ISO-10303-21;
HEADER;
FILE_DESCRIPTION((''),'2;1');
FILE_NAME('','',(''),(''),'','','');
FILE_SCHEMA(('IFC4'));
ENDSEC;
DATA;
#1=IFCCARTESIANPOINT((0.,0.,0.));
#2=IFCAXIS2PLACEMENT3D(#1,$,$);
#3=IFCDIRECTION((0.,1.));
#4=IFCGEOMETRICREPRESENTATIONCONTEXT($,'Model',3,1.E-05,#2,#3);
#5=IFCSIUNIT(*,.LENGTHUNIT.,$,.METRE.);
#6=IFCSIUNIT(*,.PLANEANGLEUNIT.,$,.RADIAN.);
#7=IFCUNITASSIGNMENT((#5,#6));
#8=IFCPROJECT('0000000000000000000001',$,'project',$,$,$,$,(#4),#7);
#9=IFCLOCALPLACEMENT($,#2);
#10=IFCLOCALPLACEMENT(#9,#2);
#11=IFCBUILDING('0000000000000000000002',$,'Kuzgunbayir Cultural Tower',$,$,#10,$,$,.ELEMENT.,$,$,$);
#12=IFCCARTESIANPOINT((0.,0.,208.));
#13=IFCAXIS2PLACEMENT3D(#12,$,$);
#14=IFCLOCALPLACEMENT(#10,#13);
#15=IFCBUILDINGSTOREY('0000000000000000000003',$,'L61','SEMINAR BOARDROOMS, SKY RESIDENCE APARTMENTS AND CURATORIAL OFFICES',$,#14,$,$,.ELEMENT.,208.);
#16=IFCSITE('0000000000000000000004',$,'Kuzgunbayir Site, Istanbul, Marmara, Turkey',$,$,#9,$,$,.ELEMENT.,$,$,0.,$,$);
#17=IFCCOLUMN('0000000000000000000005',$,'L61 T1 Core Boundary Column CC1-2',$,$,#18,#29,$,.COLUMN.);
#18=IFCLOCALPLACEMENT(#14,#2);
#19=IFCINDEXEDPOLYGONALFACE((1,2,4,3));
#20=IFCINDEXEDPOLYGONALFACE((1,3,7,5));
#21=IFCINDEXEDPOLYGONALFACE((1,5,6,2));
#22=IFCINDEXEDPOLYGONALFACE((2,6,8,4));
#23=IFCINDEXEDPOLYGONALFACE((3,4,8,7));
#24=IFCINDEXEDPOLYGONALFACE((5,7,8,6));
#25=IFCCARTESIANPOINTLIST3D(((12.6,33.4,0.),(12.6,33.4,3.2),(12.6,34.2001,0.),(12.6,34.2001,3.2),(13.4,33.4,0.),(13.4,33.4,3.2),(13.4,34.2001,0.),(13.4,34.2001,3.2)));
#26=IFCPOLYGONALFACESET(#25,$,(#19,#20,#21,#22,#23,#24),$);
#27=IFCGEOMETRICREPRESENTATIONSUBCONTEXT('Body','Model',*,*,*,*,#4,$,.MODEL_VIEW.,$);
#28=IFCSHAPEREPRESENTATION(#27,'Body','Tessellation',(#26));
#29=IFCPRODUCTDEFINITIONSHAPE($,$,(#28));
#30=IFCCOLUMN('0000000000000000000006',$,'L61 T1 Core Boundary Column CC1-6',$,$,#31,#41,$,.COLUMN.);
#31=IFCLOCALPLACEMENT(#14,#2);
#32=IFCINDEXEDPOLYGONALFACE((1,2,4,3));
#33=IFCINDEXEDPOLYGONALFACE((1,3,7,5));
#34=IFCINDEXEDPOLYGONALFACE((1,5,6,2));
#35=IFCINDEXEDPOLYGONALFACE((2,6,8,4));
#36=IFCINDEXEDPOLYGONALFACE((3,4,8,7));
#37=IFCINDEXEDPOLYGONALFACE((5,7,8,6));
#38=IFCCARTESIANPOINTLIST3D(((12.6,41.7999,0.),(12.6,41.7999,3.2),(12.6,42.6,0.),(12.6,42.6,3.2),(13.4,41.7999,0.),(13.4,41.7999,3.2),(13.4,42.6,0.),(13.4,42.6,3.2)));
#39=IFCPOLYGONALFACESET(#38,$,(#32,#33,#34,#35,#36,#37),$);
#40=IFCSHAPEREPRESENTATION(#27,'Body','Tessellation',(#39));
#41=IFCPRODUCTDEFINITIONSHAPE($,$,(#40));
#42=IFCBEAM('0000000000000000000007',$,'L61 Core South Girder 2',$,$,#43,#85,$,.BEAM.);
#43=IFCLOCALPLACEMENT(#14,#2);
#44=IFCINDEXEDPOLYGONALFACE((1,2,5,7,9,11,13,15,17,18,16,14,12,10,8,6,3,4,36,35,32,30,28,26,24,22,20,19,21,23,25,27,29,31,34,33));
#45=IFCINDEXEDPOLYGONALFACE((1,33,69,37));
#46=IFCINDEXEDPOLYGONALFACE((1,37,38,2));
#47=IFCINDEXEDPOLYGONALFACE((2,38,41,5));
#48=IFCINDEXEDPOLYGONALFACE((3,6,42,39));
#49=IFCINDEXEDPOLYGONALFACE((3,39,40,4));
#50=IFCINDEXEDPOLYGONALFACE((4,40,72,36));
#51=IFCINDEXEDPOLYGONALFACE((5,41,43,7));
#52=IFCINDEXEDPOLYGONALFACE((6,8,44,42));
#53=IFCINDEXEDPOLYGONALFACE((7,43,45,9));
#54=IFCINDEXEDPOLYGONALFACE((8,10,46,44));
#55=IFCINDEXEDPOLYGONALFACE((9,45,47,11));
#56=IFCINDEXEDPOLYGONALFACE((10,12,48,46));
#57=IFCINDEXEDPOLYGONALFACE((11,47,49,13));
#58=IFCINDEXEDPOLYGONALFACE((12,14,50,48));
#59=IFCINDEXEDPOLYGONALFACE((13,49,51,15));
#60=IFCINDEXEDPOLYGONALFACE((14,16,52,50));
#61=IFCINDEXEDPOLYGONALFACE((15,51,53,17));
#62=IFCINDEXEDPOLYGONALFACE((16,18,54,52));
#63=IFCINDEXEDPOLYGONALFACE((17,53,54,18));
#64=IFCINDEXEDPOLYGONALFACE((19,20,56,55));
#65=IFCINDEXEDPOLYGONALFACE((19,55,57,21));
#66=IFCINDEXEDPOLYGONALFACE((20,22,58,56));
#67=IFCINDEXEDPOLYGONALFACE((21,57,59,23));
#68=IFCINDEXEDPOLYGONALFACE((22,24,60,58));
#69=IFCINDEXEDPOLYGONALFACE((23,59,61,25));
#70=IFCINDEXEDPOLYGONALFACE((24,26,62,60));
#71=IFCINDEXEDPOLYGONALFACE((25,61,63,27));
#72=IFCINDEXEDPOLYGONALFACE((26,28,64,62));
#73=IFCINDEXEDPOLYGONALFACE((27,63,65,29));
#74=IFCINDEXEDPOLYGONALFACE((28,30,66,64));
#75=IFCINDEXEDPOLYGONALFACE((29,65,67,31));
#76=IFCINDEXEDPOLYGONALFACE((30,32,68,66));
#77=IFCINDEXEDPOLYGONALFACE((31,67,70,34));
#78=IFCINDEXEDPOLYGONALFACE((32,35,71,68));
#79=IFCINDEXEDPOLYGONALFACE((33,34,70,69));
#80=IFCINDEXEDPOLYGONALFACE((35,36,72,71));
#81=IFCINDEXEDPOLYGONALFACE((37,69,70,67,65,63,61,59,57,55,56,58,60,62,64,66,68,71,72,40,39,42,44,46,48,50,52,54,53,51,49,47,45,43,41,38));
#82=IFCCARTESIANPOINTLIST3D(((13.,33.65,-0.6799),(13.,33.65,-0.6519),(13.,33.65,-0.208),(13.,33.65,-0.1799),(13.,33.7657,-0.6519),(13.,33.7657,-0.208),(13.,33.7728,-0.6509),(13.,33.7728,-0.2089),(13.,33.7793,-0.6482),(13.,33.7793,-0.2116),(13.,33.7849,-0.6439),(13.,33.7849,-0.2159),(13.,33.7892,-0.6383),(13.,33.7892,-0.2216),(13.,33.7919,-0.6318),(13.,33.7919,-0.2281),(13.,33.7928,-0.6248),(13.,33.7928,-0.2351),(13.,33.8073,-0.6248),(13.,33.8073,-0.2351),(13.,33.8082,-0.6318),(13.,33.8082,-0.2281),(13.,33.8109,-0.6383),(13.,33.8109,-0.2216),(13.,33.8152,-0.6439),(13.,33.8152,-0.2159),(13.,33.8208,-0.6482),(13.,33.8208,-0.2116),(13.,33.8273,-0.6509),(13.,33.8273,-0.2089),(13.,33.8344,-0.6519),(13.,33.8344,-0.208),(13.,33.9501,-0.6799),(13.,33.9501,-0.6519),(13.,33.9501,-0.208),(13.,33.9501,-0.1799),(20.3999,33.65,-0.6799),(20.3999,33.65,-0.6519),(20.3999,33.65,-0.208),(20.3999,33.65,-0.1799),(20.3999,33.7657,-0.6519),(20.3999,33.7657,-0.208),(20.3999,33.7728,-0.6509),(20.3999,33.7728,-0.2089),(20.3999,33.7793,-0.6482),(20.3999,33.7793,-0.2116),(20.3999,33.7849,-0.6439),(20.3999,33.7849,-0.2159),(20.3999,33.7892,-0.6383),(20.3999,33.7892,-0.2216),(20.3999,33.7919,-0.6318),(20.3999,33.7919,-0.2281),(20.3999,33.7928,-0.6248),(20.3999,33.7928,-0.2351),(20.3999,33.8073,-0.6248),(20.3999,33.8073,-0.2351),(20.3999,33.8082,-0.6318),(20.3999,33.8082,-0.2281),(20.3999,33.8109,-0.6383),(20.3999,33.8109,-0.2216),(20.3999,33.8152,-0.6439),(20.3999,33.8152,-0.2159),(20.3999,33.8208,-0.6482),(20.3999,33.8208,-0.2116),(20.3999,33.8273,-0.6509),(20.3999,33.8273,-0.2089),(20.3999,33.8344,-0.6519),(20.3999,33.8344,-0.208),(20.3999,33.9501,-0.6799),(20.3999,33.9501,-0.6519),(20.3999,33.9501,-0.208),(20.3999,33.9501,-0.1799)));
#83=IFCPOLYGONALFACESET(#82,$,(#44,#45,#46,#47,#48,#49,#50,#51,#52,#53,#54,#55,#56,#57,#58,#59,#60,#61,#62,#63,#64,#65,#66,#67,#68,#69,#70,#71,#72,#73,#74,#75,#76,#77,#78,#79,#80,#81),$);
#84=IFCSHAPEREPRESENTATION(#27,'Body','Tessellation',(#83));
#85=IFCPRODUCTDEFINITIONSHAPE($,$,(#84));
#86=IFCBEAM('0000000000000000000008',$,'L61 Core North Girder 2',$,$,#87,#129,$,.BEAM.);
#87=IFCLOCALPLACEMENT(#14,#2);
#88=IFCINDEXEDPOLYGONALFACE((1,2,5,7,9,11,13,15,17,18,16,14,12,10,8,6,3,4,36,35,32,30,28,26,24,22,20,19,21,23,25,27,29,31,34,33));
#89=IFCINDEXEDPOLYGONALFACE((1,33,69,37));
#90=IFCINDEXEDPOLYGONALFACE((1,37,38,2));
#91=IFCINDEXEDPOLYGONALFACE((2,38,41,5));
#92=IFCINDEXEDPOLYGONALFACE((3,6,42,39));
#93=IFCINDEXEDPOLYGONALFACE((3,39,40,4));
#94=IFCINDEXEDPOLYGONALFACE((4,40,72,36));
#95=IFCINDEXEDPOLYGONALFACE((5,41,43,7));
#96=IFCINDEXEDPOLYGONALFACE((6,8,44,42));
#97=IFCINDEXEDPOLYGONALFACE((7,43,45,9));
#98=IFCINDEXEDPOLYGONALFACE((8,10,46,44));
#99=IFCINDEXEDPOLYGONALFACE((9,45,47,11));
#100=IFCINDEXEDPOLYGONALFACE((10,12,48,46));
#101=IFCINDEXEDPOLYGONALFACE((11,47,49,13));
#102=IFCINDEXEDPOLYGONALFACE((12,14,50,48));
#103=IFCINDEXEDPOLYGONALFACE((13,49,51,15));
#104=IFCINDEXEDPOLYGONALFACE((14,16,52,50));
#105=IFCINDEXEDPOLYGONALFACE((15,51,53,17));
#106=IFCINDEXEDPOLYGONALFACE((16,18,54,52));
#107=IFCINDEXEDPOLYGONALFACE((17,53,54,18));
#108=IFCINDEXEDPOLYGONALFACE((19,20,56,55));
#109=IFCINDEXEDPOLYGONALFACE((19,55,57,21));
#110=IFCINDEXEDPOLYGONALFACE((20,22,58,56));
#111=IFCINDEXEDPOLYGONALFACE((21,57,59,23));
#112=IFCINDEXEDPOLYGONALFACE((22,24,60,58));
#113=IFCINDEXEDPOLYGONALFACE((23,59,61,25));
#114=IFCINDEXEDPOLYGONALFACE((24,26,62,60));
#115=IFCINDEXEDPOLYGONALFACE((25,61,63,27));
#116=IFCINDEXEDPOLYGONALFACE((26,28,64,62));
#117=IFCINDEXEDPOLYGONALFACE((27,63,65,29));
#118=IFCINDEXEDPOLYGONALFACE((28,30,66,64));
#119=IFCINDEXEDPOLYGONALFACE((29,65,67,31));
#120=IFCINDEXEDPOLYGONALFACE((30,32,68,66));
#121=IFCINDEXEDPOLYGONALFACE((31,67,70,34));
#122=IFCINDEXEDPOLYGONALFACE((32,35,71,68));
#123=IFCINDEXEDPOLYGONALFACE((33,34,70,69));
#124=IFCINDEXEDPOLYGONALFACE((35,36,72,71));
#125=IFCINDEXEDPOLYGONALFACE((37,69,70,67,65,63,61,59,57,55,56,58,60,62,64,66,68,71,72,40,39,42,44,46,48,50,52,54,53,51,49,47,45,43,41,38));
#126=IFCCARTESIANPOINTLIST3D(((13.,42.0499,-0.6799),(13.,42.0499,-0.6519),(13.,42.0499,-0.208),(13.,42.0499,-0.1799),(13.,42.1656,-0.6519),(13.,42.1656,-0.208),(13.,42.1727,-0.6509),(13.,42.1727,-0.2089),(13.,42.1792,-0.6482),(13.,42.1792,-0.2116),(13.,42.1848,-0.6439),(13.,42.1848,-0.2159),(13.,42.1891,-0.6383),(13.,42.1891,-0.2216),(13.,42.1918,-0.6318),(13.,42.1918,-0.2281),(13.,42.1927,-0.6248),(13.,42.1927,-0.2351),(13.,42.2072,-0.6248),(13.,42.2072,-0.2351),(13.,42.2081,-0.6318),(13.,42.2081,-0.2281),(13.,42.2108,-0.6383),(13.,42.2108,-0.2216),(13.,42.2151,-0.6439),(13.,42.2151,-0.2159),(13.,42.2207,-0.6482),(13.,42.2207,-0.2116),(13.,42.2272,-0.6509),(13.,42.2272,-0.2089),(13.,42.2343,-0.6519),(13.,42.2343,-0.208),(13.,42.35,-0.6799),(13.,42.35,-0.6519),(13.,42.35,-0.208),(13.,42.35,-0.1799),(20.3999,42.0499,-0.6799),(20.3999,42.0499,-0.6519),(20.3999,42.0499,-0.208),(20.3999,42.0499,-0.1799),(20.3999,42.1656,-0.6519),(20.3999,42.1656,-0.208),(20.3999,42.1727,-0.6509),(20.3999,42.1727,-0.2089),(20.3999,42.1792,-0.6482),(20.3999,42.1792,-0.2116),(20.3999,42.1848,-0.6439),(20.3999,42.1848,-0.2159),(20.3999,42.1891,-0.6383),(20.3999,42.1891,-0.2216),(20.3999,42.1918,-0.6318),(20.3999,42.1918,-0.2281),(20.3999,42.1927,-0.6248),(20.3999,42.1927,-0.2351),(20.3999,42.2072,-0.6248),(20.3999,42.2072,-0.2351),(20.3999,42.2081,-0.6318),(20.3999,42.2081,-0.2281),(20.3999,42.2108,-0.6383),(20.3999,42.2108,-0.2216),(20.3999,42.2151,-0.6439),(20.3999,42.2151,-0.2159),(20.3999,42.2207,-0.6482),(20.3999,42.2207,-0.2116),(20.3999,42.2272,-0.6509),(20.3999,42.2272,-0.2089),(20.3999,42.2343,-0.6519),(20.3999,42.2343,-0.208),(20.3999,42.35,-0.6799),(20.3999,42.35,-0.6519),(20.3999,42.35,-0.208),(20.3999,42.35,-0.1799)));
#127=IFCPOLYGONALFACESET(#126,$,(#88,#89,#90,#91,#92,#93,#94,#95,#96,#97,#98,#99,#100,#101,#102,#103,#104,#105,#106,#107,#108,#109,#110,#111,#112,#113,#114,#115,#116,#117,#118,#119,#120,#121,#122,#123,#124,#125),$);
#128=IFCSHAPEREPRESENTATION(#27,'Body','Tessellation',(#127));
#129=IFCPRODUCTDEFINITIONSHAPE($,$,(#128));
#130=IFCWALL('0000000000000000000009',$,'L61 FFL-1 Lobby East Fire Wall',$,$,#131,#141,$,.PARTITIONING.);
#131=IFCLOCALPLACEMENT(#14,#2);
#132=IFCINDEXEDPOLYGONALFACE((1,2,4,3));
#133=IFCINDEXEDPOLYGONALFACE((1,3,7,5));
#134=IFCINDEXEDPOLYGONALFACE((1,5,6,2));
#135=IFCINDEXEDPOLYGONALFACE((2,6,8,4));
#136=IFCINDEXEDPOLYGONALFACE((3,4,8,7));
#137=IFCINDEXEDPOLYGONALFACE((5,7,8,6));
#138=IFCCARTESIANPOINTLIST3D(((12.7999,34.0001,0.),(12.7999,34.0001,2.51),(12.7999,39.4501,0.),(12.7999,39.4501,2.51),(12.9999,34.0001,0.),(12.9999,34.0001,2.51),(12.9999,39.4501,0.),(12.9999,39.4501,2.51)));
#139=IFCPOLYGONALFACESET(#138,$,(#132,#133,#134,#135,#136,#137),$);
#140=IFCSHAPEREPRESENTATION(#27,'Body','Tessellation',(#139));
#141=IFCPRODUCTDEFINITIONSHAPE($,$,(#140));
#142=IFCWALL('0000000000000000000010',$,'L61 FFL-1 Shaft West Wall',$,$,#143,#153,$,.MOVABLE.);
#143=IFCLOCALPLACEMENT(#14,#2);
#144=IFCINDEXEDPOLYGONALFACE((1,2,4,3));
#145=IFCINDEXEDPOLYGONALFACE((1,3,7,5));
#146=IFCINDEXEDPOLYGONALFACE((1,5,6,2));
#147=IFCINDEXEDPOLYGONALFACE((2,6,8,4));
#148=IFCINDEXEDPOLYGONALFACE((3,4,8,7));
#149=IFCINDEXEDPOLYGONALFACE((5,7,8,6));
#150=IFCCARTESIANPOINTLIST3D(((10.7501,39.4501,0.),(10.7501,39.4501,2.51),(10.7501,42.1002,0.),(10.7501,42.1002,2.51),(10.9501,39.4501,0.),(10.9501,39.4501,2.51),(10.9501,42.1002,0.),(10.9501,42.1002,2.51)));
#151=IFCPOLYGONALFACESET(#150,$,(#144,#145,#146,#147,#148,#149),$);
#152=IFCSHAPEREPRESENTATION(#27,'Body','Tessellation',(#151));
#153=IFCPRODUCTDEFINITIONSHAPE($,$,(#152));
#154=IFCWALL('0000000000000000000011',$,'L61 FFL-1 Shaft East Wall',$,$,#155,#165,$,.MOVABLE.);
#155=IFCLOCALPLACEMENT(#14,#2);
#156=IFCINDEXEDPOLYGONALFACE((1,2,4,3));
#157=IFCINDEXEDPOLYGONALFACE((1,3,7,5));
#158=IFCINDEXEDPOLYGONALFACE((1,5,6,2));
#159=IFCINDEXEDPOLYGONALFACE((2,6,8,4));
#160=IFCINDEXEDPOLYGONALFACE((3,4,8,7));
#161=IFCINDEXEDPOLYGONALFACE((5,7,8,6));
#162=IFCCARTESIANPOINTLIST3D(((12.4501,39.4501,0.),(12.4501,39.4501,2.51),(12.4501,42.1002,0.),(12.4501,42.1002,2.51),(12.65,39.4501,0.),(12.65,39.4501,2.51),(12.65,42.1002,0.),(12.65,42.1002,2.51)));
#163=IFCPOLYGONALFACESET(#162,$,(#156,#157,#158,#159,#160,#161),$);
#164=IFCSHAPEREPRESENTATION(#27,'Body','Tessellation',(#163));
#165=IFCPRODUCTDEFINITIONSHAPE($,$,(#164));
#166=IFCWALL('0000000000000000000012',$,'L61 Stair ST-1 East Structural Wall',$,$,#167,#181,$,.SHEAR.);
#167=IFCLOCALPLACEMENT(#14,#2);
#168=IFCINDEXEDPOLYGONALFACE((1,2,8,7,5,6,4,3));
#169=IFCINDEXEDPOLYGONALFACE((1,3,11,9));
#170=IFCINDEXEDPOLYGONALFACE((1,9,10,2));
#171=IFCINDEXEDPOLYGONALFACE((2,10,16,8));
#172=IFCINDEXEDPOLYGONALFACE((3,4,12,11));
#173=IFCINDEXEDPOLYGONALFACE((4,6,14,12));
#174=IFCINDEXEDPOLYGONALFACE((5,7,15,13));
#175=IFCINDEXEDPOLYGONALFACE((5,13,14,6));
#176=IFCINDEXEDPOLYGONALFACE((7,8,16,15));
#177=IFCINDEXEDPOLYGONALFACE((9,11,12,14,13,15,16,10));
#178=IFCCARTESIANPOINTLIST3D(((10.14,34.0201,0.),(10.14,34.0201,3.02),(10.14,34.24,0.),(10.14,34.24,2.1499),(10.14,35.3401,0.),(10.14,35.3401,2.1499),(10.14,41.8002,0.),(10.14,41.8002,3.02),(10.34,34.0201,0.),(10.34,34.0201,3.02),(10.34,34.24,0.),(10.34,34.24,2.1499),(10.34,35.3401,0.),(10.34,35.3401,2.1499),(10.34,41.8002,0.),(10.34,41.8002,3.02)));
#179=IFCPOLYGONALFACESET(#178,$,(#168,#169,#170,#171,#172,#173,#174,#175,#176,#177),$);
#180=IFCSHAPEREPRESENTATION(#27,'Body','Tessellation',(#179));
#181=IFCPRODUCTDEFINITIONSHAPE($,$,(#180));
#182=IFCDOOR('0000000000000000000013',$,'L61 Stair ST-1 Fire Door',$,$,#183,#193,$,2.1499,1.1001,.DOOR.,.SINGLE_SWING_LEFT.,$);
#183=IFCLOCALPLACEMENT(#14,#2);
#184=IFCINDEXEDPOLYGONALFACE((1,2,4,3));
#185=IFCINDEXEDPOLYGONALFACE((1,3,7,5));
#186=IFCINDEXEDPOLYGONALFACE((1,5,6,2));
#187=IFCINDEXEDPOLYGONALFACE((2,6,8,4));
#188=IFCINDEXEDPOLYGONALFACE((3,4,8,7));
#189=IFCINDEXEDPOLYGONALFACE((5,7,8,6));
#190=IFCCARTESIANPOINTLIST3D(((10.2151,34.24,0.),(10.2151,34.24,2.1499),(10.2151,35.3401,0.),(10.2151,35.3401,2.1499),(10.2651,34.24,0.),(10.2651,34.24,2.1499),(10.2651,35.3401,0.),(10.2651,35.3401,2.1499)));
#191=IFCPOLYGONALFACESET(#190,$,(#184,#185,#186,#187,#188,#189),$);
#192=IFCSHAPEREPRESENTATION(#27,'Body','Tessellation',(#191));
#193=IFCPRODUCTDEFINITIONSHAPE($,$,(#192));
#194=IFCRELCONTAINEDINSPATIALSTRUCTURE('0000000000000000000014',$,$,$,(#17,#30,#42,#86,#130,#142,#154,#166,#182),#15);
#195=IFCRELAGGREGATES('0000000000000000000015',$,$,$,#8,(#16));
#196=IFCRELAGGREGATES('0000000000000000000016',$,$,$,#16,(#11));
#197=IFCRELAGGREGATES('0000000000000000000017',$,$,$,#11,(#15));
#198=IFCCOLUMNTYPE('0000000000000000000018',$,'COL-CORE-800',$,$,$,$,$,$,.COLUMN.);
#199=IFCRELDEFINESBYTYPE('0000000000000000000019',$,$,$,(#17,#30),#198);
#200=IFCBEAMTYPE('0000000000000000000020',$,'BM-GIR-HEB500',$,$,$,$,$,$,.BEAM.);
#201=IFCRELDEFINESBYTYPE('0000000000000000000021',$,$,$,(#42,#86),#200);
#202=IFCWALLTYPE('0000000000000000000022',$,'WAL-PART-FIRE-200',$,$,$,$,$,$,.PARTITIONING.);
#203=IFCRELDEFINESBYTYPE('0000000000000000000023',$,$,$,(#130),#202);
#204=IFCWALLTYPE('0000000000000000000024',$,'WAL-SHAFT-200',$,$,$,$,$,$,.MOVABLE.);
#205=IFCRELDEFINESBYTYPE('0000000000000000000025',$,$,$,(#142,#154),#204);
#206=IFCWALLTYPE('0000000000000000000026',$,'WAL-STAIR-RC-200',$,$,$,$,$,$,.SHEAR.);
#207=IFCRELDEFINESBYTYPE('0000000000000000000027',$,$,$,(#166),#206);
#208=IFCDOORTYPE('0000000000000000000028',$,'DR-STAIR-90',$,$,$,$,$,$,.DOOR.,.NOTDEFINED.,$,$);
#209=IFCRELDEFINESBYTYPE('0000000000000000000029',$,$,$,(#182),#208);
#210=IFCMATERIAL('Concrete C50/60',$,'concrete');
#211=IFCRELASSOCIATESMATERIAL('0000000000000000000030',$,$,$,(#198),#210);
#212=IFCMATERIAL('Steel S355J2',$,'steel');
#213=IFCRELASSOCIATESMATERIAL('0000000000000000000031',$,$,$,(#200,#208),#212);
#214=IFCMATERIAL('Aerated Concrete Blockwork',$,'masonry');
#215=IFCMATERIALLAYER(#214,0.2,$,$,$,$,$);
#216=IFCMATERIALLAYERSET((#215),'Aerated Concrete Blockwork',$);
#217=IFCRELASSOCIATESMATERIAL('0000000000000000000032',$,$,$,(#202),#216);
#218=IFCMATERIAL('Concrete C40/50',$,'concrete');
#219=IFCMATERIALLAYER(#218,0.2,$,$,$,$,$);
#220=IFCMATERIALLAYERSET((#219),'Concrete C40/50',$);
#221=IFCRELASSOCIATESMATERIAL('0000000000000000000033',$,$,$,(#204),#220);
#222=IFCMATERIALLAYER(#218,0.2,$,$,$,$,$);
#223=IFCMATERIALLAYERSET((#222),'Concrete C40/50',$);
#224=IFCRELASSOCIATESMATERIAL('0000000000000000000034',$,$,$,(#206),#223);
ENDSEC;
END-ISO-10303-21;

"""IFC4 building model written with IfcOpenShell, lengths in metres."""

from ifc_helpers import new_model, si_unit, direction, frame, frame_2d, origin, origin_2d, place, context, subcontext, project, spatial, rectangle, i_section, extrude, material, layer, layer_set, material_profile, profile_set, type_object, element, fill, save


model = new_model("IFC4")

# Units and contexts
model_context = context("Model", 3, precision=1e-05, world=origin(), true_north=direction((0.0, 1.0)))
body_context = subcontext(model_context, "Body", "Model", "MODEL_VIEW")
ifc_project = project(units=[si_unit("LENGTHUNIT", "METRE"), si_unit("PLANEANGLEUNIT", "RADIAN")], contexts=[model_context])

# Site, building, storey
site_placement = place(None, origin())
site = spatial("IfcSite", under=ifc_project, at=site_placement, Name="Kuzgunbayir Site, Istanbul, Marmara, Turkey", CompositionType="ELEMENT", RefElevation=0.0)
building_placement = place(site_placement, origin())
building = spatial("IfcBuilding", under=site, at=building_placement, Name="Kuzgunbayir Cultural Tower", CompositionType="ELEMENT")
storey_placement = place(building_placement, frame((0.0, 0.0, 208.0)))
storey = spatial("IfcBuildingStorey", under=building, at=storey_placement, Name="L61", Description="SEMINAR BOARDROOMS, SKY RESIDENCE APARTMENTS AND CURATORIAL OFFICES", CompositionType="ELEMENT", Elevation=208.0)

# Columns
ifc_material_1 = material(Name="Concrete C50/60", Category="concrete")
ifc_material_profile_1 = material_profile(ifc_material_1, rectangle(XDim=0.8, YDim=0.8, at=origin_2d()), Name="RC 800x800")
ifc_profile_set_1 = profile_set([ifc_material_profile_1], Name="Concrete C50/60")
column_type = type_object("IfcColumnType", Name="COL-CORE-800", PredefinedType="COLUMN", material=ifc_profile_set_1)
for number, where, z_axis, x_axis, name in (
    (1, (13.0, 33.8, 0.0), (0.0, 0.0, 1.0), (1.0, 0.0, 0.0), "L61 T1 Core Boundary Column CC1-2"),
    (2, (13.0, 42.2, 0.0), (0.0, 0.0, 1.0), (1.0, 0.0, 0.0), "L61 T1 Core Boundary Column CC1-6"),
):
    element("IfcColumn", number, at=place(storey_placement, frame(where, z_axis=z_axis, x_axis=x_axis)), inside=storey, type_object=column_type, Name=name, PredefinedType="COLUMN", context=body_context, shape_type="SweptSolid", body=[
        extrude(rectangle(XDim=0.8, YDim=0.8, at=origin_2d()), origin(), (0.0, 0.0, 1.0), 3.2),
    ])

# Beams
ifc_material_2 = material(Name="Steel S355J2", Category="steel")
ifc_material_profile_2 = material_profile(ifc_material_2, i_section(OverallWidth=0.3, OverallDepth=0.5, WebThickness=0.0144, FlangeThickness=0.0281, FilletRadius=0.0271, at=origin_2d()), Name="HEB 500")
ifc_profile_set_2 = profile_set([ifc_material_profile_2], Name="Steel S355J2")
beam_type = type_object("IfcBeamType", Name="BM-GIR-HEB500", PredefinedType="BEAM", material=ifc_profile_set_2)
for number, where, z_axis, x_axis, name in (
    (3, (13.0, 33.8, -0.4299), (1.0, 0.0, 0.0), (0.0, 1.0, 0.0), "L61 Core South Girder 2"),
    (4, (13.0, 42.2, -0.4299), (1.0, 0.0, 0.0), (0.0, 1.0, 0.0), "L61 Core North Girder 2"),
):
    element("IfcBeam", number, at=place(storey_placement, frame(where, z_axis=z_axis, x_axis=x_axis)), inside=storey, type_object=beam_type, Name=name, PredefinedType="BEAM", context=body_context, shape_type="SweptSolid", body=[
        extrude(i_section(OverallWidth=0.3, OverallDepth=0.5, WebThickness=0.0144, FlangeThickness=0.0281, FilletRadius=0.0271, at=origin_2d()), origin(), (0.0, 0.0, 1.0), 7.3999),
    ])

# Wall
ifc_material_3 = material(Name="Aerated Concrete Blockwork", Category="masonry")
ifc_layer_1 = layer(ifc_material_3, 0.2)
ifc_layer_set_1 = layer_set([ifc_layer_1], Name="Aerated Concrete Blockwork")
wall_type_1 = type_object("IfcWallType", Name="WAL-PART-FIRE-200", PredefinedType="PARTITIONING", material=ifc_layer_set_1)
wall_1_placement = place(storey_placement, frame((12.8999, 34.0, 0.0), z_axis=(0.0, 0.0, 1.0), x_axis=(0.0, 1.0, 0.0)))
element("IfcWall", 5, at=wall_1_placement, inside=storey, type_object=wall_type_1, Name="L61 FFL-1 Lobby East Fire Wall", PredefinedType="PARTITIONING", context=body_context, shape_type="SweptSolid", body=[
    extrude(rectangle(XDim=5.45, YDim=0.2, at=frame_2d((2.7251, 0.0))), origin(), (0.0, 0.0, 1.0), 2.51),
])

# Shared definitions
ifc_material_4 = material(Name="Concrete C40/50", Category="concrete")
ifc_layer_2 = layer(ifc_material_4, 0.2)
ifc_layer_set_2 = layer_set([ifc_layer_2], Name="Concrete C40/50")
wall_type_2 = type_object("IfcWallType", Name="WAL-SHAFT-200", PredefinedType="MOVABLE", material=ifc_layer_set_2)

# Walls
for number, where, z_axis, x_axis, name in (
    (6, (10.8501, 39.45, 0.0), (0.0, 0.0, 1.0), (0.0, 1.0, 0.0), "L61 FFL-1 Shaft West Wall"),
    (7, (12.55, 39.45, 0.0), (0.0, 0.0, 1.0), (0.0, 1.0, 0.0), "L61 FFL-1 Shaft East Wall"),
):
    element("IfcWall", number, at=place(storey_placement, frame(where, z_axis=z_axis, x_axis=x_axis)), inside=storey, type_object=wall_type_2, Name=name, PredefinedType="MOVABLE", context=body_context, shape_type="SweptSolid", body=[
        extrude(rectangle(XDim=2.6501, YDim=0.2, at=frame_2d((1.3252, 0.0))), origin(), (0.0, 0.0, 1.0), 2.51),
    ])

# Wall, opening, door
ifc_layer_3 = layer(ifc_material_4, 0.2)
ifc_layer_set_3 = layer_set([ifc_layer_3], Name="Concrete C40/50")
wall_type_3 = type_object("IfcWallType", Name="WAL-STAIR-RC-200", PredefinedType="SHEAR", material=ifc_layer_set_3)
wall_2_placement = place(storey_placement, frame((10.24, 34.02, 0.0), z_axis=(0.0, 0.0, 1.0), x_axis=(0.0, 1.0, 0.0)))
wall_2 = element("IfcWall", 8, at=wall_2_placement, inside=storey, type_object=wall_type_3, Name="L61 Stair ST-1 East Structural Wall", PredefinedType="SHEAR", context=body_context, shape_type="SweptSolid", body=[
    extrude(rectangle(XDim=7.78, YDim=0.2, at=frame_2d((3.8901, 0.0))), origin(), (0.0, 0.0, 1.0), 3.02),
])
opening_1_placement = place(wall_2_placement, frame((0.22, 0.0, 0.0)))
opening_1 = element("IfcOpeningElement", 9, at=opening_1_placement, cuts=wall_2, PredefinedType="OPENING", context=body_context, shape_type="SweptSolid", body=[
    extrude(rectangle(XDim=1.1001, YDim=2.1499, at=frame_2d((0.55, 1.075))), frame((0.0, 0.1099, 0.0), z_axis=(0.0, -1.0, 0.0), x_axis=(1.0, 0.0, 0.0)), (0.0, 0.0, 1.0), 0.22),
])
door_type_1 = type_object("IfcDoorType", Name="DR-STAIR-90", OperationType="NOTDEFINED", PredefinedType="DOOR", material=ifc_material_2)
door_1_placement = place(opening_1_placement, origin())
door_1 = element("IfcDoor", 10, at=door_1_placement, inside=storey, type_object=door_type_1, Name="L61 Stair ST-1 Fire Door", OperationType="SINGLE_SWING_LEFT", OverallHeight=2.1499, OverallWidth=1.1001, PredefinedType="DOOR", context=body_context, shape_type="SweptSolid", body=[
    extrude(rectangle(XDim=1.1001, YDim=2.1499, at=frame_2d((0.55, 1.075))), frame((0.0, 0.0249, 0.0), z_axis=(0.0, -1.0, 0.0), x_axis=(1.0, 0.0, 0.0)), (0.0, 0.0, 1.0), 0.05),
])
fill(opening_1, door_1)

save(model, "model.ifc")
